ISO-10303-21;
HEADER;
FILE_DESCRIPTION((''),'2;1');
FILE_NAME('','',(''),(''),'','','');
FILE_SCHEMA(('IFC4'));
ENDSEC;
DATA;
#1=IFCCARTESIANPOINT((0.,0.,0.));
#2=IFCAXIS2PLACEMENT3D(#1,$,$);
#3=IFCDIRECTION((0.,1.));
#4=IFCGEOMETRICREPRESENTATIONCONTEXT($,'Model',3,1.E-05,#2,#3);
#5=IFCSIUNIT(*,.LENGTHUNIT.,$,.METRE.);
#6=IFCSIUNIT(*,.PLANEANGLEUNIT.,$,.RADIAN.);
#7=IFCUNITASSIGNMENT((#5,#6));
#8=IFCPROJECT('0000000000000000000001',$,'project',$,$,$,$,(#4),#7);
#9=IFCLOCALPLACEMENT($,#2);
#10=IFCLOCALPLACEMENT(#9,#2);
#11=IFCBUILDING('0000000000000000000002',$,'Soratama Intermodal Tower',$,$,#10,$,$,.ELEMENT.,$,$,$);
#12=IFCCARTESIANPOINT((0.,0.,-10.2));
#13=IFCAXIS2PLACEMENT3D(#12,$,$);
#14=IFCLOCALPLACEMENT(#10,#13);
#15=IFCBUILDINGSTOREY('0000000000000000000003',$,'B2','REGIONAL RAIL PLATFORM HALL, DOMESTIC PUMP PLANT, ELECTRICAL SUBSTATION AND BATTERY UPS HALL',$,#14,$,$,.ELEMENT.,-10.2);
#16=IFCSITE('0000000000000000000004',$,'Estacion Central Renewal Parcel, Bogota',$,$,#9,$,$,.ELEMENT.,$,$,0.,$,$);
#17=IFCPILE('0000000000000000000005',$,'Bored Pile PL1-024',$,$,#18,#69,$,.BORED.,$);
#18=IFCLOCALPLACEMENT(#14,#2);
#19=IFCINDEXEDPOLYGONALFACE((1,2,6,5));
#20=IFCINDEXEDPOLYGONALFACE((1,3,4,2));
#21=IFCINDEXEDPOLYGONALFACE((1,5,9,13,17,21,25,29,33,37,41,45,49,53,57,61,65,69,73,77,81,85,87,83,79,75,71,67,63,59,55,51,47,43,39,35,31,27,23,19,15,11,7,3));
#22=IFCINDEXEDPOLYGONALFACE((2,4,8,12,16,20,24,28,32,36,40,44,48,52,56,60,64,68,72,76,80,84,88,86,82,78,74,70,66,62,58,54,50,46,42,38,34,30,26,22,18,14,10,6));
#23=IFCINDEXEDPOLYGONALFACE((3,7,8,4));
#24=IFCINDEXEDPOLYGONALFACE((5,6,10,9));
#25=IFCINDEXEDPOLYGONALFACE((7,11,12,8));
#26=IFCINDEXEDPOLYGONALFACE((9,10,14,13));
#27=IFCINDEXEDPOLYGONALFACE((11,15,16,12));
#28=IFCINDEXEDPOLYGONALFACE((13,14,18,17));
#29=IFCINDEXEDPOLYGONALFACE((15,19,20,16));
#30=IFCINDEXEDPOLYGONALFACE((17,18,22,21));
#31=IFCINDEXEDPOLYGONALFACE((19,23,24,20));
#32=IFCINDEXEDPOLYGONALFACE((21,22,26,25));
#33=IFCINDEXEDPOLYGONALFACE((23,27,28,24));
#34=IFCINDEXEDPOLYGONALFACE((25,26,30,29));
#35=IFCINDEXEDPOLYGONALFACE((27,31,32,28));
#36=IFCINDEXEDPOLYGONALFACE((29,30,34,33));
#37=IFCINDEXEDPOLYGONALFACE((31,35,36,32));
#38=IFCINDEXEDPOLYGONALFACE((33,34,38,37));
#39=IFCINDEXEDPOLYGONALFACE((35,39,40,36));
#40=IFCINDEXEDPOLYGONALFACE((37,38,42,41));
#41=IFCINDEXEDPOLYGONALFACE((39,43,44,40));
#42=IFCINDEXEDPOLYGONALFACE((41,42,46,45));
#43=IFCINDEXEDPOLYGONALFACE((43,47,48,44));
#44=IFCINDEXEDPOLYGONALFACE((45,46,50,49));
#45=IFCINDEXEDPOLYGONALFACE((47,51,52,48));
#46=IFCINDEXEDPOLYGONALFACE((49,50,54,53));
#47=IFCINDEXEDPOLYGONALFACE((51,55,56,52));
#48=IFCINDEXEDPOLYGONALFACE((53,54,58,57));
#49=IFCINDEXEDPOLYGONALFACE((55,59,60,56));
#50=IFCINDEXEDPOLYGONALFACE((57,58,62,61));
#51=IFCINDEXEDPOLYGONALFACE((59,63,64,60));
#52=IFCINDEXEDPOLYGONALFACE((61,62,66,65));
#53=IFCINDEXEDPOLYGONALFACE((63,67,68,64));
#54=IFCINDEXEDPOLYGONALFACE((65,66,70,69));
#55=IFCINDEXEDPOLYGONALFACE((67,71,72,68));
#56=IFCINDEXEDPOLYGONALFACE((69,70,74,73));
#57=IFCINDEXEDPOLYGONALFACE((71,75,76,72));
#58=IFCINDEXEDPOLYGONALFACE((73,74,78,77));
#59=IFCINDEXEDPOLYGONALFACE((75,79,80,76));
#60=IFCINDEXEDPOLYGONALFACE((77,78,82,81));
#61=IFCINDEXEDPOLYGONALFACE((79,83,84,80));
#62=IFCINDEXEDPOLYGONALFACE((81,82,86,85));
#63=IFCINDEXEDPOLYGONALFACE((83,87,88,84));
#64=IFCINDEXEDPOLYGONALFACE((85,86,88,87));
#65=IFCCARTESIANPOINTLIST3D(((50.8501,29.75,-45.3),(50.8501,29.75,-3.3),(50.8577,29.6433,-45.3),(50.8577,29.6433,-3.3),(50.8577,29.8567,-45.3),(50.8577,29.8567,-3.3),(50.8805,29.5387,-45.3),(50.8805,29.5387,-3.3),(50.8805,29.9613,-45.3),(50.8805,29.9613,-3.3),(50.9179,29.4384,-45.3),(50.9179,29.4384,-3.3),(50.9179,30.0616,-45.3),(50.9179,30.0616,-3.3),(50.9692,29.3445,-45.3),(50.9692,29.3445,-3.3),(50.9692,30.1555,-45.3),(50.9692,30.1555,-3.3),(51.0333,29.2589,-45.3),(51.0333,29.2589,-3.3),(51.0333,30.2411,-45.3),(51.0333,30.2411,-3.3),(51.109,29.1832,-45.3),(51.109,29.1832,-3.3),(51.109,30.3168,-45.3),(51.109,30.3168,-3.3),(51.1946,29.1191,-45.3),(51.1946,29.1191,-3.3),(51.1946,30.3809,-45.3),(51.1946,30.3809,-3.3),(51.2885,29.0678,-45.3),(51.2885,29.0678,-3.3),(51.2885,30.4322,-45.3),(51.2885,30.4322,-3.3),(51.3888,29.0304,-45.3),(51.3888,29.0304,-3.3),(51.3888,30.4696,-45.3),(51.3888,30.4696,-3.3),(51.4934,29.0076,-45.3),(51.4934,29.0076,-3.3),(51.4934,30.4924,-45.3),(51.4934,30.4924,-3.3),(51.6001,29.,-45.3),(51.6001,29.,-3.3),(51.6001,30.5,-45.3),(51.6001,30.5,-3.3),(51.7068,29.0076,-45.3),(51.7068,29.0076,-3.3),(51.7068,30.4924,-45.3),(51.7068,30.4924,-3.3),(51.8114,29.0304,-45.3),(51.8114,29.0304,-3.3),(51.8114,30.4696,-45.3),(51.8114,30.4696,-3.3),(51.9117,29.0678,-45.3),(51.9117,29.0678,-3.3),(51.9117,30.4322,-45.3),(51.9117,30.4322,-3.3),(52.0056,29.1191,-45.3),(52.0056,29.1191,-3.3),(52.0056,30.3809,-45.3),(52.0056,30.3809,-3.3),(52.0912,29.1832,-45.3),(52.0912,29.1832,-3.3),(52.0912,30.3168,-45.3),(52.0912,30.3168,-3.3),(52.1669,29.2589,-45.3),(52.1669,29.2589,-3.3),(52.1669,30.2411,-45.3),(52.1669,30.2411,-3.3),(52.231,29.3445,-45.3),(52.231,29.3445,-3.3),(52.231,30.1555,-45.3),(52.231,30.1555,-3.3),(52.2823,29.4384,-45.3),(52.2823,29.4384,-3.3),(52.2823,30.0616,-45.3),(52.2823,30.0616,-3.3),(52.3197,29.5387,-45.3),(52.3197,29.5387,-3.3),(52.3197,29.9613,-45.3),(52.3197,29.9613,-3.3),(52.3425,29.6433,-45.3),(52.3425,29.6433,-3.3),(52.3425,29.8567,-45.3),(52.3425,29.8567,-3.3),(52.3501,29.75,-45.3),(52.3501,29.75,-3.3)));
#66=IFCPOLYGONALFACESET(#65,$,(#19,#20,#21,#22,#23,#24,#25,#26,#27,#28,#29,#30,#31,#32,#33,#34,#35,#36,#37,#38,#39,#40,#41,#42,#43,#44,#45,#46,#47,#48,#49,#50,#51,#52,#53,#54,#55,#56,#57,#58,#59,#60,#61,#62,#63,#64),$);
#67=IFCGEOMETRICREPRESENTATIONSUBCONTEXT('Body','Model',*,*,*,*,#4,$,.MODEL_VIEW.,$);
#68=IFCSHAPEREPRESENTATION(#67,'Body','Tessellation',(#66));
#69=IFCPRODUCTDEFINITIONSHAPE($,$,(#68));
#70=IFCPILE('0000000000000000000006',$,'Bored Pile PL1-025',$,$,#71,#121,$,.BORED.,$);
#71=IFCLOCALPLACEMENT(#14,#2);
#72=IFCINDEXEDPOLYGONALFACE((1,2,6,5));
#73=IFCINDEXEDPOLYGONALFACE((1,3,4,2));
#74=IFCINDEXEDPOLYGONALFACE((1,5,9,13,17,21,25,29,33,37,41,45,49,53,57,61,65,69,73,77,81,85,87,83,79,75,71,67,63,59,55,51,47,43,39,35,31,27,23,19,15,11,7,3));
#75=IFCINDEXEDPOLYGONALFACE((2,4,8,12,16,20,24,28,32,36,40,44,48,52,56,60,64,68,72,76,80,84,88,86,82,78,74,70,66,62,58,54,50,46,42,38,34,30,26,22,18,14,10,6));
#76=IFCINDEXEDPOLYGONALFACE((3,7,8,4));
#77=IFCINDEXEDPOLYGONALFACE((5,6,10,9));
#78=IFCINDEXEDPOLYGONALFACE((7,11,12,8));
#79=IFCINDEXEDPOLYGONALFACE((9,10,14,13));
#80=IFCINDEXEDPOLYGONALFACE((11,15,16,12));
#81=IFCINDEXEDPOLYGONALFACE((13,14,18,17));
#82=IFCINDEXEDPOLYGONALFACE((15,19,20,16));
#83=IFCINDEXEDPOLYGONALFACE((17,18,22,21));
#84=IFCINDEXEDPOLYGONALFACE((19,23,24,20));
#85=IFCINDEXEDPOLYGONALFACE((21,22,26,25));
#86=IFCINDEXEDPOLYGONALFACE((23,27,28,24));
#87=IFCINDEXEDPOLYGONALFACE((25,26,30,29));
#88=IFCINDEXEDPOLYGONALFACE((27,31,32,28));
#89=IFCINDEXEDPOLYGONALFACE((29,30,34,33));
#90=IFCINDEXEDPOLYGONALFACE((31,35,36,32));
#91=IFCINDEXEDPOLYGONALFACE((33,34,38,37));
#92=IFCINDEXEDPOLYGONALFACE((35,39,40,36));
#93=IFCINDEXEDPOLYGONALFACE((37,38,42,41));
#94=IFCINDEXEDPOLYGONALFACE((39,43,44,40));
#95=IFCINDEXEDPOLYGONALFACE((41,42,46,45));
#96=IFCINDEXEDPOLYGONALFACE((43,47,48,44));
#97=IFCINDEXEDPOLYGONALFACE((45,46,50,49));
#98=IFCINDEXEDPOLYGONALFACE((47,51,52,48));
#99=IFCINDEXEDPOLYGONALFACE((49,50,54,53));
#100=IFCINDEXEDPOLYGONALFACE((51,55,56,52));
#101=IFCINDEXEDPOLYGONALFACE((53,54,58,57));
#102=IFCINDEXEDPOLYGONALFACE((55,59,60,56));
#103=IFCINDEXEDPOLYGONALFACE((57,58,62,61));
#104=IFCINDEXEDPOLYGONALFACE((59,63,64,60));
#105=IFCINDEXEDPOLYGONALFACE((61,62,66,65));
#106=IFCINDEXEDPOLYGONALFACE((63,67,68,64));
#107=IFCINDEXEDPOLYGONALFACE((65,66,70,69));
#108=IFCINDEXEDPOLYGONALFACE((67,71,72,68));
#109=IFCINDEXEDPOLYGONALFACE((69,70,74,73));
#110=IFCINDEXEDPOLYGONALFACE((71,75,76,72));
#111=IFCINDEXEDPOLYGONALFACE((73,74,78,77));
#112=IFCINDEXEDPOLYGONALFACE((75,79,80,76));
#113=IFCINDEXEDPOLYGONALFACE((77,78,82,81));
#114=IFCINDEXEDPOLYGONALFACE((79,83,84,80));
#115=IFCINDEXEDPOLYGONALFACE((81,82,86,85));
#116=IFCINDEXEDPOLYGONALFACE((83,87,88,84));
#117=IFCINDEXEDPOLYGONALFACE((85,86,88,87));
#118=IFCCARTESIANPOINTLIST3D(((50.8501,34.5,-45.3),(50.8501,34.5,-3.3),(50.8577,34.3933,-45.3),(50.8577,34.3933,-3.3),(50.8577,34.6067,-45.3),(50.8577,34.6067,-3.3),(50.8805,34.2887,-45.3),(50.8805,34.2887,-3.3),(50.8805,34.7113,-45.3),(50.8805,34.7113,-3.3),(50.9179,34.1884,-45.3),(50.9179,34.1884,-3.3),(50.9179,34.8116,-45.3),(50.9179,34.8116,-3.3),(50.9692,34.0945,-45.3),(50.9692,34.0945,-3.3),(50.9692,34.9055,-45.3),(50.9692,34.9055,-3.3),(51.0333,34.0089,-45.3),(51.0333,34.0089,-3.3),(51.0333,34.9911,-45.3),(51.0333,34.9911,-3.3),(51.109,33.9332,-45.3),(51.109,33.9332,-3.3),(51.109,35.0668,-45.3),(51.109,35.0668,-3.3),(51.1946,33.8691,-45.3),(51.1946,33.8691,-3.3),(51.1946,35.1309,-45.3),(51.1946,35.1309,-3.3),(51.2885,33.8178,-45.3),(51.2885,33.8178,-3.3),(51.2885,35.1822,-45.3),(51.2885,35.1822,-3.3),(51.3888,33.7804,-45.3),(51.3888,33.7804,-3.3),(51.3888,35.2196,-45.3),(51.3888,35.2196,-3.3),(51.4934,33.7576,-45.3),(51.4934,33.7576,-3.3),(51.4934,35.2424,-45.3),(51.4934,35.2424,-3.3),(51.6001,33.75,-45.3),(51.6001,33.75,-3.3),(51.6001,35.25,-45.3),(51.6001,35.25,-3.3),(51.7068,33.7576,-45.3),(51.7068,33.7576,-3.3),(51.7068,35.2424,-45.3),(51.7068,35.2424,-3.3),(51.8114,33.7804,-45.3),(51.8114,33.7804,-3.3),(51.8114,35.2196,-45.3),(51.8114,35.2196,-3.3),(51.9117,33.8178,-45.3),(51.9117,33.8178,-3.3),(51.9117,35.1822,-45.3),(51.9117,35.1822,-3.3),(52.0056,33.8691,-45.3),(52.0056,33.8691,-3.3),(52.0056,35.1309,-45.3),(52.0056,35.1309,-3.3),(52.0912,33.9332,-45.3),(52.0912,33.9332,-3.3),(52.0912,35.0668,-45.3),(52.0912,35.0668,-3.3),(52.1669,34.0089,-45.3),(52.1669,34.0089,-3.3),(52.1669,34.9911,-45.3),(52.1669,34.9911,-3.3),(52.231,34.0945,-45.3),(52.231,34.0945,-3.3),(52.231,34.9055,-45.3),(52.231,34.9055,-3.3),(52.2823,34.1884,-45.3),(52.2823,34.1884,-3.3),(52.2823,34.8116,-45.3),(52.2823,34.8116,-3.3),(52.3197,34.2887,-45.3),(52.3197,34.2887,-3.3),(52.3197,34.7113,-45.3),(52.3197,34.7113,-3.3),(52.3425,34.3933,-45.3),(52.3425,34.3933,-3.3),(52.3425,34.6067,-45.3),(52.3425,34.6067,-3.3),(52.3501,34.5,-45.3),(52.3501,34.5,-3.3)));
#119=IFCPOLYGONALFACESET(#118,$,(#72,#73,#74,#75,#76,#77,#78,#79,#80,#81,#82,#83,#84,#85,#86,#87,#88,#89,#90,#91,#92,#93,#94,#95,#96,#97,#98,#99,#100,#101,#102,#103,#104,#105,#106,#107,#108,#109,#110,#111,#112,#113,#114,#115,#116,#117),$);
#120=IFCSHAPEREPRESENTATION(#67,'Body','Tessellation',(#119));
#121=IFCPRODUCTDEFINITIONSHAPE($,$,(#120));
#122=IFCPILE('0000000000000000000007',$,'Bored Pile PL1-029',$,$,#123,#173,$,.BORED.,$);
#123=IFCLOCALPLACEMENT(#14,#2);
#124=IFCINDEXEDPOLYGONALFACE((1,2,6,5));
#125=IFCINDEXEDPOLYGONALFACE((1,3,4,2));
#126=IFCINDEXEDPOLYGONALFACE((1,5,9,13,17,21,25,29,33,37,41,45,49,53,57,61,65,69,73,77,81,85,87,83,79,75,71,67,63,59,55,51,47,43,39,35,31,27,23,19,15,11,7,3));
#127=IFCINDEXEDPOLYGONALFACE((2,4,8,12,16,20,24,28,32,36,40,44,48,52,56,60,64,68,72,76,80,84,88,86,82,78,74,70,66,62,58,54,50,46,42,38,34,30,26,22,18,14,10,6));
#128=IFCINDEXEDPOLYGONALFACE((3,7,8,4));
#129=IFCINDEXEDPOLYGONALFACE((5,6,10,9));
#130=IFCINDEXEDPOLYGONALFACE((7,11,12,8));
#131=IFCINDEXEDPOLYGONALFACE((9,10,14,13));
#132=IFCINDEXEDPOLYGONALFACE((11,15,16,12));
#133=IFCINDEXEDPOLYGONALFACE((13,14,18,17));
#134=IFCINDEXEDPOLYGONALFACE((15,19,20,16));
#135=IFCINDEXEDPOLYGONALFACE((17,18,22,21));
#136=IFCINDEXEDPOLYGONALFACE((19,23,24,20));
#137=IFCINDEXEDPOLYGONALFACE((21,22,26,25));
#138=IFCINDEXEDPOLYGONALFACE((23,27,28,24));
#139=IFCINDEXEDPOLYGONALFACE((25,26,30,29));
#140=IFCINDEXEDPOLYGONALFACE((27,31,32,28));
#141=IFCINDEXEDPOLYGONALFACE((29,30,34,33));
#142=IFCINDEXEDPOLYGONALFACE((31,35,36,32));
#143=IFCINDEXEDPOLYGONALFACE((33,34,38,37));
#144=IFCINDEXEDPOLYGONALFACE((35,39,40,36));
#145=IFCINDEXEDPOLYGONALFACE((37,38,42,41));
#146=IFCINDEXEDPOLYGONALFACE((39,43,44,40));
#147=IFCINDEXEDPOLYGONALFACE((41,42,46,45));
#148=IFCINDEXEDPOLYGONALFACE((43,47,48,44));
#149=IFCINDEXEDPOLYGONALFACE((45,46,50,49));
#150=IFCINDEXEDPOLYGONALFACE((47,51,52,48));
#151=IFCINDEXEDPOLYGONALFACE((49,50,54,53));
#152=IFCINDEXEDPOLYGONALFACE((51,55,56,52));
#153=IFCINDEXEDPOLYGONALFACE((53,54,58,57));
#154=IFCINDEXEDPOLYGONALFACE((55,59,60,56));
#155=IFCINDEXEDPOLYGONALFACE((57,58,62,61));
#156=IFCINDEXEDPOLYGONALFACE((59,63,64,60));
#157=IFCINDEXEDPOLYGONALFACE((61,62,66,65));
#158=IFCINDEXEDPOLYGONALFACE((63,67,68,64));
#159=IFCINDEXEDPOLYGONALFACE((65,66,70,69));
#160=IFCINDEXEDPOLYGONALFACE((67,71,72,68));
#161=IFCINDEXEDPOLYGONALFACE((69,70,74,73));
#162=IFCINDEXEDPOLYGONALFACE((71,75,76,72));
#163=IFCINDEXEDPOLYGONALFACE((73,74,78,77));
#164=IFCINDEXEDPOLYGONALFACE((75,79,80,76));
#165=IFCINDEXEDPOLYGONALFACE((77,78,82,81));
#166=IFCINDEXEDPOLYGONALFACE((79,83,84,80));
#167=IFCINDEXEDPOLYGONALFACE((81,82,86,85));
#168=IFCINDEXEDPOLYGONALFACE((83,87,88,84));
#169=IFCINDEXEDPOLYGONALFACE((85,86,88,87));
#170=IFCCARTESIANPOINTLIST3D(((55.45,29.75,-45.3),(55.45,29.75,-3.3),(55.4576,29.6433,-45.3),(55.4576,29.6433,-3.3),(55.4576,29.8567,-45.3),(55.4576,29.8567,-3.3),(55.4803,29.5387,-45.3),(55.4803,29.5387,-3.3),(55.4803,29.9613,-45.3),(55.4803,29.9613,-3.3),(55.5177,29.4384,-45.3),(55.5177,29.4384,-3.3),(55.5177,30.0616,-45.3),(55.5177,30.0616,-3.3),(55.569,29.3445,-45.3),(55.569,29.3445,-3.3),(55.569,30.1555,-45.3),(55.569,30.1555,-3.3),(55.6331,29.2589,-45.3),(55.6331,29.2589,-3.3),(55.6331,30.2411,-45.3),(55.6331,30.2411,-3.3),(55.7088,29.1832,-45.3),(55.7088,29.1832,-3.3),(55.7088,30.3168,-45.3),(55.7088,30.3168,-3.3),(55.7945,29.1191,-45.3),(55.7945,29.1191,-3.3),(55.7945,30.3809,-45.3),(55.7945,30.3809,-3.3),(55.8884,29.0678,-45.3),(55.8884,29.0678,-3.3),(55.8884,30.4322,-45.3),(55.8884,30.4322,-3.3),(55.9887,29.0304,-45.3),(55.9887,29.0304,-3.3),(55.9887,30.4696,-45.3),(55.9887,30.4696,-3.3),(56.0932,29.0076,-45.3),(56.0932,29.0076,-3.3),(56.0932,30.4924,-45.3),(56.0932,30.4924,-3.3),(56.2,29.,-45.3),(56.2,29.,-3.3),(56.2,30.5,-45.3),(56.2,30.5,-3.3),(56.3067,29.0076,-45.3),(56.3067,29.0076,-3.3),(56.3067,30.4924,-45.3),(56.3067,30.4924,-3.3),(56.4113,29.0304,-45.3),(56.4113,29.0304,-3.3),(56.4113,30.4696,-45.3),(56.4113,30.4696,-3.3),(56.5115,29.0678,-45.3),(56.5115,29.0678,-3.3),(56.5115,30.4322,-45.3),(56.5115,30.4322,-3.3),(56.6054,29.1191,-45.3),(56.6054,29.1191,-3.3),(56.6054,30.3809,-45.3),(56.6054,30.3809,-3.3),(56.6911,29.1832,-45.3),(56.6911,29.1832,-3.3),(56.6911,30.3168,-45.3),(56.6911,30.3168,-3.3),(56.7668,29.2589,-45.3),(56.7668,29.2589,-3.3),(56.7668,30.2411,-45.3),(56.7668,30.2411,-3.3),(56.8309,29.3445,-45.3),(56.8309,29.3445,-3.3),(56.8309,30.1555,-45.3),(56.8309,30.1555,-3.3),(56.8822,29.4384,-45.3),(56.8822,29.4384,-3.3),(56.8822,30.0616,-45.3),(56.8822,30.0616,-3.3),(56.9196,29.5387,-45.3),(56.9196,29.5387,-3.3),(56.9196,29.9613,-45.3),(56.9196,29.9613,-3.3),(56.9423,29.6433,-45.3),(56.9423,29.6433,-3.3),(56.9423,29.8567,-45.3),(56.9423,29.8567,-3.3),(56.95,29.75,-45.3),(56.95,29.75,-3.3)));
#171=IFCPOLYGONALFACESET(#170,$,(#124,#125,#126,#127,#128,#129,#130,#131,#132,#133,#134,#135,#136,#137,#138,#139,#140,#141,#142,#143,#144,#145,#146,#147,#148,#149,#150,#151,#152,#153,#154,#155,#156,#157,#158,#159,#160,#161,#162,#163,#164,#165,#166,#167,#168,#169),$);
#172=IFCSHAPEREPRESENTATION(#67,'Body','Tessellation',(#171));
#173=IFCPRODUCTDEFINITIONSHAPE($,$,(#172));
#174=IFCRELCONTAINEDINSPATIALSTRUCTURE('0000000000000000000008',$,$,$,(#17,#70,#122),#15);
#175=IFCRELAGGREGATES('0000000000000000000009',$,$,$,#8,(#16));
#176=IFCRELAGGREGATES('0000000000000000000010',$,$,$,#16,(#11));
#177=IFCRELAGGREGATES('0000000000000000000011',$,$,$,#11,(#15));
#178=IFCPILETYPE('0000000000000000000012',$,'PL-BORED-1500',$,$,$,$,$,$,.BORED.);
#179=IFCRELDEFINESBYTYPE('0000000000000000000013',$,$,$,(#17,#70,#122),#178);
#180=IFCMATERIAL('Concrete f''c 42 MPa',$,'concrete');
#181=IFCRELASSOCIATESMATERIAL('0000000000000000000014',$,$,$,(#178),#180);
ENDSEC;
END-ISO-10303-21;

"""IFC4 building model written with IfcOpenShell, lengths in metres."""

from ifc_helpers import new_model, si_unit, direction, frame, origin, origin_2d, place, context, subcontext, project, spatial, circle, extrude, material, material_profile, profile_set, type_object, element, save


model = new_model("IFC4")

# Units and contexts
model_context = context("Model", 3, precision=1e-05, world=origin(), true_north=direction((0.0, 1.0)))
body_context = subcontext(model_context, "Body", "Model", "MODEL_VIEW")
ifc_project = project(units=[si_unit("LENGTHUNIT", "METRE"), si_unit("PLANEANGLEUNIT", "RADIAN")], contexts=[model_context])

# Site, building, storey
site_placement = place(None, origin())
site = spatial("IfcSite", under=ifc_project, at=site_placement, Name="Estacion Central Renewal Parcel, Bogota", CompositionType="ELEMENT", RefElevation=0.0)
building_placement = place(site_placement, origin())
building = spatial("IfcBuilding", under=site, at=building_placement, Name="Soratama Intermodal Tower", CompositionType="ELEMENT")
storey_placement = place(building_placement, frame((0.0, 0.0, -10.2)))
storey = spatial("IfcBuildingStorey", under=building, at=storey_placement, Name="B2", Description="REGIONAL RAIL PLATFORM HALL, DOMESTIC PUMP PLANT, ELECTRICAL SUBSTATION AND BATTERY UPS HALL", CompositionType="ELEMENT", Elevation=-10.2)

# Piles
ifc_material_1 = material(Name="Concrete f'c 42 MPa", Category="concrete")
ifc_material_profile_1 = material_profile(ifc_material_1, circle(Radius=0.75, at=origin_2d()), Name="PILE1500")
ifc_profile_set_1 = profile_set([ifc_material_profile_1], Name="Concrete f'c 42 MPa")
pile_type_1 = type_object("IfcPileType", Name="PL-BORED-1500", PredefinedType="BORED", material=ifc_profile_set_1)
for number, where, z_axis, x_axis, name in (
    (1, (51.6001, 29.75, -3.3), (0.0, 0.0, -1.0), (1.0, 0.0, 0.0), "Bored Pile PL1-024"),
    (2, (51.6001, 34.5, -3.3), (0.0, 0.0, -1.0), (1.0, 0.0, 0.0), "Bored Pile PL1-025"),
    (3, (56.2, 29.75, -3.3), (0.0, 0.0, -1.0), (1.0, 0.0, 0.0), "Bored Pile PL1-029"),
):
    element("IfcPile", number, at=place(storey_placement, frame(where, z_axis=z_axis, x_axis=x_axis)), inside=storey, type_object=pile_type_1, Name=name, PredefinedType="BORED", context=body_context, shape_type="SweptSolid", body=[
        extrude(circle(Radius=0.75, at=origin_2d()), origin(), (0.0, 0.0, 1.0), 42.0),
    ])

save(model, "model.ifc")
